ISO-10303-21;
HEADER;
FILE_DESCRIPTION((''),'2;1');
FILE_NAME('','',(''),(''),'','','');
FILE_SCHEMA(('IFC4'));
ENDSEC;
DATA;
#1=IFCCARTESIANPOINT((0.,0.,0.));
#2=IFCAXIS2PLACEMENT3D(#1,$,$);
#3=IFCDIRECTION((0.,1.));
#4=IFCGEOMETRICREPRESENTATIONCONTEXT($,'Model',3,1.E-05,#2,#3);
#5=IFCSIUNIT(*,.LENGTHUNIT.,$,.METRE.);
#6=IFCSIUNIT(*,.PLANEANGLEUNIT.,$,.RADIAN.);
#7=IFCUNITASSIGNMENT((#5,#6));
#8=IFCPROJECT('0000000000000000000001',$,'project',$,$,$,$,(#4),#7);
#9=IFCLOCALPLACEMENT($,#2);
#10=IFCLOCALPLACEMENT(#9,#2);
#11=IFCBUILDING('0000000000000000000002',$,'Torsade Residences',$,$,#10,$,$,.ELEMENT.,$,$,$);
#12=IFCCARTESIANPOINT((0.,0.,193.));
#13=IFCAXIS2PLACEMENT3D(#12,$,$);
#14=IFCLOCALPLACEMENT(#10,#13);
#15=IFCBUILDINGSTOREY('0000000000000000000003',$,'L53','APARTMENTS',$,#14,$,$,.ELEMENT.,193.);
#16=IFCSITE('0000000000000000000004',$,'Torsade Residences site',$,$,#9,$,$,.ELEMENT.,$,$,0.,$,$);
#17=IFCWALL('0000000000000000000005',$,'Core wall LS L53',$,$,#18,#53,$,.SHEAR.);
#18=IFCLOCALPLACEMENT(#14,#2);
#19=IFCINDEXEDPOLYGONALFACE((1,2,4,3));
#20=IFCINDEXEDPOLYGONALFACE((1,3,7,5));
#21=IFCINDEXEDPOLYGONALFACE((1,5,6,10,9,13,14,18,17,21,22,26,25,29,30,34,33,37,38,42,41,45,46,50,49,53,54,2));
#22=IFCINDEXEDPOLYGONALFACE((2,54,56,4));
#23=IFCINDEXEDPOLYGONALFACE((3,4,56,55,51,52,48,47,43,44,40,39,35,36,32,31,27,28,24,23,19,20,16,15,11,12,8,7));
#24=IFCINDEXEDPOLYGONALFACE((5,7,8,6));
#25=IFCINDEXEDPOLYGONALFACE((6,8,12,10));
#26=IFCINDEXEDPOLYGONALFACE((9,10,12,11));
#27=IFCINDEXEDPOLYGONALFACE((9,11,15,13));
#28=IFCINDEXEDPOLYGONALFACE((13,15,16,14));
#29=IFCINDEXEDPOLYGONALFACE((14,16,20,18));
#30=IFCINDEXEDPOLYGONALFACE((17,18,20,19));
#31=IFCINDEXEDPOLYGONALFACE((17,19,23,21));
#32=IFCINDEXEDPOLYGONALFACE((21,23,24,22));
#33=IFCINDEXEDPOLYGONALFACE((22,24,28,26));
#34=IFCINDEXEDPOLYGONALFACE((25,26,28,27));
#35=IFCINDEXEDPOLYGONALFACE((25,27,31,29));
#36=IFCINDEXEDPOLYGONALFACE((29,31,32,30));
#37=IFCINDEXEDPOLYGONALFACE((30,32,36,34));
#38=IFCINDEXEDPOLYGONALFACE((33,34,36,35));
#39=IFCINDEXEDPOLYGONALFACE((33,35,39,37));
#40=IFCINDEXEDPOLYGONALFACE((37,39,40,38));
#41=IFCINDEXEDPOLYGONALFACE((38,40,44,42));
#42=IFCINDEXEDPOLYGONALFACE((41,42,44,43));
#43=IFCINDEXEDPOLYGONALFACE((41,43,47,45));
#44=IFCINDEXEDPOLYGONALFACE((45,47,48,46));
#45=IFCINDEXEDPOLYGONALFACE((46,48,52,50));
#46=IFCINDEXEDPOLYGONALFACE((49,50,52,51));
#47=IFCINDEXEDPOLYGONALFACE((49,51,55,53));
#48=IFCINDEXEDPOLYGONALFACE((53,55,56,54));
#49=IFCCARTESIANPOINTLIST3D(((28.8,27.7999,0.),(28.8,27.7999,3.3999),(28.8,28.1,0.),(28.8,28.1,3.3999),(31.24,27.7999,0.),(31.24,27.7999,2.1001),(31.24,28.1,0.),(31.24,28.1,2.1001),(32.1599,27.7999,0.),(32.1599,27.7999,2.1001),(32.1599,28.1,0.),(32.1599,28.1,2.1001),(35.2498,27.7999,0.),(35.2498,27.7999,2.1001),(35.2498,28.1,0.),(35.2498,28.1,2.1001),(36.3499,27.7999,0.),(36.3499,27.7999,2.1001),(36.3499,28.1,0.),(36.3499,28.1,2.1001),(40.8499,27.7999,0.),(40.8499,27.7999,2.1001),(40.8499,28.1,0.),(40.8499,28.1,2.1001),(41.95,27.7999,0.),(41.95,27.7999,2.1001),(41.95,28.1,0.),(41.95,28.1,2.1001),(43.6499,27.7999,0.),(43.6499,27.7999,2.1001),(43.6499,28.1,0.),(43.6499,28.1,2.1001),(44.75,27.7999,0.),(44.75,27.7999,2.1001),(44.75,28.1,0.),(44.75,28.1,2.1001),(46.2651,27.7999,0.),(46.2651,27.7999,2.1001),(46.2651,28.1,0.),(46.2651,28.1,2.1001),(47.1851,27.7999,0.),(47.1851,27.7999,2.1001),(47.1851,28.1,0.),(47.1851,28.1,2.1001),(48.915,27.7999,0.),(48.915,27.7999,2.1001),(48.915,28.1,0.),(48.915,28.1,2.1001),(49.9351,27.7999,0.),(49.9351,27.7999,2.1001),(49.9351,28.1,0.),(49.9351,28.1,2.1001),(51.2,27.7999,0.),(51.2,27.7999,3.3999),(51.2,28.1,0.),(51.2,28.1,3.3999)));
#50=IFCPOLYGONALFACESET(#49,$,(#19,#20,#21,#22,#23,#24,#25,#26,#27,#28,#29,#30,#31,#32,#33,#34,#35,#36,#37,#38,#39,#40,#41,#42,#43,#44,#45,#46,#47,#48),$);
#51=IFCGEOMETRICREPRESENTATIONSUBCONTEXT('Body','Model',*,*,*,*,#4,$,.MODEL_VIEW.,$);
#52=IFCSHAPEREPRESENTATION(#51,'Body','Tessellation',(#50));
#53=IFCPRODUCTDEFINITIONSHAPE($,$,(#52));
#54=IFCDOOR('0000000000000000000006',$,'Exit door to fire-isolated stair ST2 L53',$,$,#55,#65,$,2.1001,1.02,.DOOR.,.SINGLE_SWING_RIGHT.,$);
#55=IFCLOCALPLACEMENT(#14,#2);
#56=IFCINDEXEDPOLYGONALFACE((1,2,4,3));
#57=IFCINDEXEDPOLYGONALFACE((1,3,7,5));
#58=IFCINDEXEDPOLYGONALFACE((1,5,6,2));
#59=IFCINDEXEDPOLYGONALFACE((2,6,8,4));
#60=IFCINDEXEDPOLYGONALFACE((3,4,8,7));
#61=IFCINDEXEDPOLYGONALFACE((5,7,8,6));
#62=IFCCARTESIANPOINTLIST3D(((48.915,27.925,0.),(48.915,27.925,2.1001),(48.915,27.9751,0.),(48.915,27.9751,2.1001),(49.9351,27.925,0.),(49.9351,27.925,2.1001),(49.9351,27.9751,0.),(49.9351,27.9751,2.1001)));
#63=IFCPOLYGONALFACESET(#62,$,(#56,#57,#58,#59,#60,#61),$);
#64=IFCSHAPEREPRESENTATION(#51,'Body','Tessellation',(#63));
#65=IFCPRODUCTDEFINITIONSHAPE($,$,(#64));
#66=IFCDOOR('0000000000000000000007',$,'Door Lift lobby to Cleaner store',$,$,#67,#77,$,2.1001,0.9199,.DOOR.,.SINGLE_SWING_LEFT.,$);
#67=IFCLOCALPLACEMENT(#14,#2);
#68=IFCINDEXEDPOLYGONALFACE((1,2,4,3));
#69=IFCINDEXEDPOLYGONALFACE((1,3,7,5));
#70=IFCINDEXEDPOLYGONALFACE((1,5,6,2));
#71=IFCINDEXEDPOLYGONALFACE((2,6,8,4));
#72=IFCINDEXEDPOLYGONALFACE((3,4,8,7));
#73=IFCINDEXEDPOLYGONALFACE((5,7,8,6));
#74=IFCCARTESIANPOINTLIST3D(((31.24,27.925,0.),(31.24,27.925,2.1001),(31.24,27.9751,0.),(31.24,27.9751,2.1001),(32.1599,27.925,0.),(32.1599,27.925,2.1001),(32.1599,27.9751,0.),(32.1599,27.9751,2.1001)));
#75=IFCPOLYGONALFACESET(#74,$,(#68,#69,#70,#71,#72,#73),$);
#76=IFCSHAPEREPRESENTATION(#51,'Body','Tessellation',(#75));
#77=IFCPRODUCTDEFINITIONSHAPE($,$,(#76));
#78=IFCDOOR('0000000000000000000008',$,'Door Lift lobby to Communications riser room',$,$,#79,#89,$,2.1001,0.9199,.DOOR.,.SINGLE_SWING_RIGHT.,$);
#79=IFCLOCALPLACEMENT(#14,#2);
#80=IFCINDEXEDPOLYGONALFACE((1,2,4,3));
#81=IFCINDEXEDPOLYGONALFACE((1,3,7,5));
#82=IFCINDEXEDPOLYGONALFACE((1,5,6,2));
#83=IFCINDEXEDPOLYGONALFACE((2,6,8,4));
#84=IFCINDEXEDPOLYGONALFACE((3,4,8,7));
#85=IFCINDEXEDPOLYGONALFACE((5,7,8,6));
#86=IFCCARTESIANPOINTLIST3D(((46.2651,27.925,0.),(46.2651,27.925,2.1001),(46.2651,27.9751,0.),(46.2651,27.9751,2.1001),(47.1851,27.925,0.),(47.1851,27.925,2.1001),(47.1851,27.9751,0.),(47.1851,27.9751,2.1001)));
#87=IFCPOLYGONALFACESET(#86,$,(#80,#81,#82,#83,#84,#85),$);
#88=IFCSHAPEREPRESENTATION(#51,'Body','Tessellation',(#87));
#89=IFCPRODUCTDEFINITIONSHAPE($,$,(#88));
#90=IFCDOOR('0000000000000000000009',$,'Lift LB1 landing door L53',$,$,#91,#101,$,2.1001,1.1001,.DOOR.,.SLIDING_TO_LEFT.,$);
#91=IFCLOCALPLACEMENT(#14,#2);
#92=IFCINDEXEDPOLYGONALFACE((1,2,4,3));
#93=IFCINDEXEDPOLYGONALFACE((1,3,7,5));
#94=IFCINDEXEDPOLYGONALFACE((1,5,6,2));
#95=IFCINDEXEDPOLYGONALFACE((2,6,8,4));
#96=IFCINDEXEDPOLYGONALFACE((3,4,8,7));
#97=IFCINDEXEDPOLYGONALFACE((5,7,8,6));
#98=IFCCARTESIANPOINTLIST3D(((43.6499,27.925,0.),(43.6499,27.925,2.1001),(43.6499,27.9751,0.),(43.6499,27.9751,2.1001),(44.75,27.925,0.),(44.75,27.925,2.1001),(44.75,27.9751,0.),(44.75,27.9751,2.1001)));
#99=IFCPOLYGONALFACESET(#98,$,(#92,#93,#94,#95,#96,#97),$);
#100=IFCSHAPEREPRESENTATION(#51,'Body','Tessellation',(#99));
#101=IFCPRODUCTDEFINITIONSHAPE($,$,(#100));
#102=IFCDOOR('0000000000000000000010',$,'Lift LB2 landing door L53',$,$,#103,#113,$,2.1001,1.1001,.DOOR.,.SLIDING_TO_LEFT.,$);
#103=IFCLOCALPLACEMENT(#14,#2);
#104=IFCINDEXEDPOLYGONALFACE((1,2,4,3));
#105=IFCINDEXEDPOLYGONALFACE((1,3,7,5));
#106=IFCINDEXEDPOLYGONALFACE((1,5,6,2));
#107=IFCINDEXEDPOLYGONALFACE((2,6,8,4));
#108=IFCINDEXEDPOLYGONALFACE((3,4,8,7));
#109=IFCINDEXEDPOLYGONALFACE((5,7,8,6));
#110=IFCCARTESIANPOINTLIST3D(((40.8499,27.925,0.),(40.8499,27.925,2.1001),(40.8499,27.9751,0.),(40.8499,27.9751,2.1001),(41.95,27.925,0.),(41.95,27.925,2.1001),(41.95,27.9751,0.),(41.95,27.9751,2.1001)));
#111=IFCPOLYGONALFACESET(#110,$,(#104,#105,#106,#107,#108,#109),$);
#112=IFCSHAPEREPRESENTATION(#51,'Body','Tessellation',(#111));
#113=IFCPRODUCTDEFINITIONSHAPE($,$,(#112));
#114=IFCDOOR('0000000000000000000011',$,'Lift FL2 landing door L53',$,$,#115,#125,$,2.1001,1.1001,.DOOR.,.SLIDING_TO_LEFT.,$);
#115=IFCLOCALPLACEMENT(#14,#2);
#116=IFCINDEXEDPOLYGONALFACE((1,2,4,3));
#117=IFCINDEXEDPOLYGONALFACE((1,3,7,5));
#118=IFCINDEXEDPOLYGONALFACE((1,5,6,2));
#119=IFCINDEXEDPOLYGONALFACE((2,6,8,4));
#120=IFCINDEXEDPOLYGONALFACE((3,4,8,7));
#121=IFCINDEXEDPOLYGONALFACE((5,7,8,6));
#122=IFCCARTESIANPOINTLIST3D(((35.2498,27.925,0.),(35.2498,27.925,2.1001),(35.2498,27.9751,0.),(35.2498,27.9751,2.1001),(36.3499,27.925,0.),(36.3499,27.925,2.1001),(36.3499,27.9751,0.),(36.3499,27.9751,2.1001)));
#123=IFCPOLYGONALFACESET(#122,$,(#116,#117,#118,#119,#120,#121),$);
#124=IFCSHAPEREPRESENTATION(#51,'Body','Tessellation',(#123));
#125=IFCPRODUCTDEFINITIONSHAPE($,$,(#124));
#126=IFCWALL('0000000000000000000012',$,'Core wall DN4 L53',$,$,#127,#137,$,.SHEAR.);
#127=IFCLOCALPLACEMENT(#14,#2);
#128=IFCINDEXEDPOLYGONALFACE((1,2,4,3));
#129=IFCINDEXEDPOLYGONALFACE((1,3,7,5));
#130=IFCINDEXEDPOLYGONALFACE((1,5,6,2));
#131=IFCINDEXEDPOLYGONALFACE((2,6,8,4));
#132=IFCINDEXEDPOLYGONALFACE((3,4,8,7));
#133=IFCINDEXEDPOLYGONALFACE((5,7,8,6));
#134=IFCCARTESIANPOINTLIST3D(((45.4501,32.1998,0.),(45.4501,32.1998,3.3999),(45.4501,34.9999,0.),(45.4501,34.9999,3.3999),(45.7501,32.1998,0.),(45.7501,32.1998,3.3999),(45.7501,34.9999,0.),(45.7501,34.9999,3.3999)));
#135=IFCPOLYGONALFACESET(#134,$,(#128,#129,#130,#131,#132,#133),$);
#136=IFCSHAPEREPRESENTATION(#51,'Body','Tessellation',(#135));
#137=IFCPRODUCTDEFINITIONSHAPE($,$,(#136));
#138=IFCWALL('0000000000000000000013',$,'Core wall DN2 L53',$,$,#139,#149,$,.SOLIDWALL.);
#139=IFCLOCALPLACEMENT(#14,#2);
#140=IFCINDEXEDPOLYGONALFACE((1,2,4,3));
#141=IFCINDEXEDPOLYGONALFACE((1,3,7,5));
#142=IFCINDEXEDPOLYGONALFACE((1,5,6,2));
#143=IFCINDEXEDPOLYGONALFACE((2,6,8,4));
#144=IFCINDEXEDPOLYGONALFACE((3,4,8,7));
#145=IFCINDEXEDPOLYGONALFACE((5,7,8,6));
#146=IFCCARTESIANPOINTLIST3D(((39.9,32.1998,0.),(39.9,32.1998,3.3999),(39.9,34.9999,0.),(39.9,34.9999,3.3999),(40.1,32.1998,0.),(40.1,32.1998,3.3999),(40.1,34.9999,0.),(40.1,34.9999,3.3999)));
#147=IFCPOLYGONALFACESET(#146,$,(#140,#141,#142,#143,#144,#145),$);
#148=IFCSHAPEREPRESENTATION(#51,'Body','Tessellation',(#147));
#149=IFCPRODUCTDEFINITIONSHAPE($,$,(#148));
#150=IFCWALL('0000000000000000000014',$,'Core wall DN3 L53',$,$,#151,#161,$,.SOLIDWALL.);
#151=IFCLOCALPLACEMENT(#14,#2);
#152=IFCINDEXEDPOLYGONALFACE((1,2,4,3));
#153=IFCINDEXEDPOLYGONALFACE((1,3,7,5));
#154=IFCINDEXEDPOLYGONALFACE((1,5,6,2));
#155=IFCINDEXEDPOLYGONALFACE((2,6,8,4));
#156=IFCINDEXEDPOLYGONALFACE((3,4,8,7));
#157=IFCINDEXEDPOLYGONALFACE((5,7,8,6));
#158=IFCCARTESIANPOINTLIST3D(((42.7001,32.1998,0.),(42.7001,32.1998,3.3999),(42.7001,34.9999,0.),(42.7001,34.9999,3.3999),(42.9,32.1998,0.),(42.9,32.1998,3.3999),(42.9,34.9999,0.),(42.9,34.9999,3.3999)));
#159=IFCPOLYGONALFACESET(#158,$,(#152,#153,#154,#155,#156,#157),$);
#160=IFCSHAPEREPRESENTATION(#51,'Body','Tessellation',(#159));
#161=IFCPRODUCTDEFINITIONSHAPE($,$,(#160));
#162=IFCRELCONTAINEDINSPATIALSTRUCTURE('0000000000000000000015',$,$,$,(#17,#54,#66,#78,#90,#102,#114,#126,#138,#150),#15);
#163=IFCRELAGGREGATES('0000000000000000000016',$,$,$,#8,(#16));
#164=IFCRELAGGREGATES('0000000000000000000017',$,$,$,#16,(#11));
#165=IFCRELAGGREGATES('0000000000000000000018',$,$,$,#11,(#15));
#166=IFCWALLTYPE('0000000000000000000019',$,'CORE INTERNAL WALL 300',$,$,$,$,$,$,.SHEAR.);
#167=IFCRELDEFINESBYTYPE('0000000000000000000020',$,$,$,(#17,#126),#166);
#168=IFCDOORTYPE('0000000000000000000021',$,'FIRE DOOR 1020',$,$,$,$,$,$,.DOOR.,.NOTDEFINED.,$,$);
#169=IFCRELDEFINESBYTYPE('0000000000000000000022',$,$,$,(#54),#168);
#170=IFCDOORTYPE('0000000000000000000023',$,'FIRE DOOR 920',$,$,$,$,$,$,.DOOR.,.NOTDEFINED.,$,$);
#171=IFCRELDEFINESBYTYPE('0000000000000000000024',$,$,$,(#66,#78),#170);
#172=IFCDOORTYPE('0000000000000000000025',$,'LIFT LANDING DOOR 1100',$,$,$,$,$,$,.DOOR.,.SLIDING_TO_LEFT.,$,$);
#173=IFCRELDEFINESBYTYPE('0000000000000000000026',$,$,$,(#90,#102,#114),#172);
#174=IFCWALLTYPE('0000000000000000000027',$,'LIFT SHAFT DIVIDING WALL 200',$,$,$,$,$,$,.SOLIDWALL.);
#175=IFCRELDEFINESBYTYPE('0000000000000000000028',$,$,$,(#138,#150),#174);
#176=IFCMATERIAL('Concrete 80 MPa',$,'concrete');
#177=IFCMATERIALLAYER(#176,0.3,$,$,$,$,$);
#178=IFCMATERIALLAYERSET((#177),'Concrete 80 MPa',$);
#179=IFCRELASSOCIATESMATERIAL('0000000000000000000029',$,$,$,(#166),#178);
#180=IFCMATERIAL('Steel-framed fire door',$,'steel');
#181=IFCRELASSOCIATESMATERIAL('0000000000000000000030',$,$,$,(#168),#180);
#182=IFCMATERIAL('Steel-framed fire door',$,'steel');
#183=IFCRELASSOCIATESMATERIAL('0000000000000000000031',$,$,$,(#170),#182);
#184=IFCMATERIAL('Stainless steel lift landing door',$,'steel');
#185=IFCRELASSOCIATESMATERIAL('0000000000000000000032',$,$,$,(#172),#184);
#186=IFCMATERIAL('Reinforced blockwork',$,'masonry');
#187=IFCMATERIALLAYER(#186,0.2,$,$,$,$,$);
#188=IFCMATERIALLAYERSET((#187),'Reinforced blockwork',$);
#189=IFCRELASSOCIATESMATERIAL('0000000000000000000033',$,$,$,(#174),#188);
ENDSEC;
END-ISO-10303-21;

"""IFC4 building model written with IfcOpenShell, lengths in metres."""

from ifc_helpers import new_model, si_unit, direction, frame, frame_2d, origin, place, context, subcontext, project, spatial, rectangle, extrude, material, layer, layer_set, type_object, element, fill, save


model = new_model("IFC4")

# Units and contexts
model_context = context("Model", 3, precision=1e-05, world=origin(), true_north=direction((0.0, 1.0)))
body_context = subcontext(model_context, "Body", "Model", "MODEL_VIEW")
ifc_project = project(units=[si_unit("LENGTHUNIT", "METRE"), si_unit("PLANEANGLEUNIT", "RADIAN")], contexts=[model_context])

# Site, building, storey
site_placement = place(None, origin())
site = spatial("IfcSite", under=ifc_project, at=site_placement, Name="Torsade Residences site", CompositionType="ELEMENT", RefElevation=0.0)
building_placement = place(site_placement, origin())
building = spatial("IfcBuilding", under=site, at=building_placement, Name="Torsade Residences", CompositionType="ELEMENT")
storey_placement = place(building_placement, frame((0.0, 0.0, 193.0)))
storey = spatial("IfcBuildingStorey", under=building, at=storey_placement, Name="L53", Description="APARTMENTS", CompositionType="ELEMENT", Elevation=193.0)

# Wall, openings, doors
ifc_material_1 = material(Name="Concrete 80 MPa", Category="concrete")
ifc_layer_1 = layer(ifc_material_1, 0.3)
ifc_layer_set_1 = layer_set([ifc_layer_1], Name="Concrete 80 MPa")
wall_type_1 = type_object("IfcWallType", Name="CORE INTERNAL WALL 300", PredefinedType="SHEAR", material=ifc_layer_set_1)
wall_1_placement = place(storey_placement, frame((51.2, 27.95, 0.0), z_axis=(0.0, 0.0, 1.0), x_axis=(-1.0, 0.0, 0.0)))
wall_1 = element("IfcWall", 1, at=wall_1_placement, inside=storey, type_object=wall_type_1, Name="Core wall LS L53", PredefinedType="SHEAR", context=body_context, shape_type="SweptSolid", body=[
    extrude(rectangle(XDim=22.3999, YDim=0.3, at=frame_2d((11.2, 0.0))), origin(), (0.0, 0.0, 1.0), 3.3999),
])
opening_1_placement = place(wall_1_placement, frame((19.04, 0.0, 0.0)))
opening_1 = element("IfcOpeningElement", 2, at=opening_1_placement, cuts=wall_1, PredefinedType="OPENING", context=body_context, shape_type="SweptSolid", body=[
    extrude(rectangle(XDim=0.9199, YDim=2.1001, at=frame_2d((0.46, 1.05))), frame((0.0, 0.1599, 0.0), z_axis=(0.0, -1.0, 0.0), x_axis=(1.0, 0.0, 0.0)), (0.0, 0.0, 1.0), 0.3201),
])
opening_2_placement = place(wall_1_placement, frame((1.2649, 0.0, 0.0)))
opening_2 = element("IfcOpeningElement", 3, at=opening_2_placement, cuts=wall_1, PredefinedType="OPENING", context=body_context, shape_type="SweptSolid", body=[
    extrude(rectangle(XDim=1.02, YDim=2.1001, at=frame_2d((0.51, 1.05))), frame((0.0, 0.1599, 0.0), z_axis=(0.0, -1.0, 0.0), x_axis=(1.0, 0.0, 0.0)), (0.0, 0.0, 1.0), 0.3201),
])
opening_3_placement = place(wall_1_placement, frame((4.0149, 0.0, 0.0)))
opening_3 = element("IfcOpeningElement", 4, at=opening_3_placement, cuts=wall_1, PredefinedType="OPENING", context=body_context, shape_type="SweptSolid", body=[
    extrude(rectangle(XDim=0.9199, YDim=2.1001, at=frame_2d((0.46, 1.05))), frame((0.0, 0.1599, 0.0), z_axis=(0.0, -1.0, 0.0), x_axis=(1.0, 0.0, 0.0)), (0.0, 0.0, 1.0), 0.3201),
])
opening_4_placement = place(wall_1_placement, frame((6.45, 0.0, 0.0)))
opening_4 = element("IfcOpeningElement", 5, at=opening_4_placement, cuts=wall_1, PredefinedType="OPENING", context=body_context, shape_type="SweptSolid", body=[
    extrude(rectangle(XDim=1.1001, YDim=2.1001, at=frame_2d((0.55, 1.05))), frame((0.0, 0.1599, 0.0), z_axis=(0.0, -1.0, 0.0), x_axis=(1.0, 0.0, 0.0)), (0.0, 0.0, 1.0), 0.3201),
])
opening_5_placement = place(wall_1_placement, frame((9.25, 0.0, 0.0)))
opening_5 = element("IfcOpeningElement", 6, at=opening_5_placement, cuts=wall_1, PredefinedType="OPENING", context=body_context, shape_type="SweptSolid", body=[
    extrude(rectangle(XDim=1.1001, YDim=2.1001, at=frame_2d((0.55, 1.05))), frame((0.0, 0.1599, 0.0), z_axis=(0.0, -1.0, 0.0), x_axis=(1.0, 0.0, 0.0)), (0.0, 0.0, 1.0), 0.3201),
])
opening_6_placement = place(wall_1_placement, frame((14.8501, 0.0, 0.0)))
opening_6 = element("IfcOpeningElement", 7, at=opening_6_placement, cuts=wall_1, PredefinedType="OPENING", context=body_context, shape_type="SweptSolid", body=[
    extrude(rectangle(XDim=1.1001, YDim=2.1001, at=frame_2d((0.55, 1.05))), frame((0.0, 0.1599, 0.0), z_axis=(0.0, -1.0, 0.0), x_axis=(1.0, 0.0, 0.0)), (0.0, 0.0, 1.0), 0.3201),
])
ifc_material_2 = material(Name="Steel-framed fire door", Category="steel")
door_type_1 = type_object("IfcDoorType", Name="FIRE DOOR 1020", OperationType="NOTDEFINED", PredefinedType="DOOR", material=ifc_material_2)
door_1_placement = place(opening_2_placement, origin())
door_1 = element("IfcDoor", 8, at=door_1_placement, inside=storey, type_object=door_type_1, Name="Exit door to fire-isolated stair ST2 L53", OperationType="SINGLE_SWING_RIGHT", OverallHeight=2.1001, OverallWidth=1.02, PredefinedType="DOOR", context=body_context, shape_type="SweptSolid", body=[
    extrude(rectangle(XDim=1.02, YDim=2.1001, at=frame_2d((0.51, 1.05))), frame((0.0, 0.0249, 0.0), z_axis=(0.0, -1.0, 0.0), x_axis=(1.0, 0.0, 0.0)), (0.0, 0.0, 1.0), 0.05),
])
fill(opening_2, door_1)
ifc_material_3 = material(Name="Steel-framed fire door", Category="steel")
door_type_2 = type_object("IfcDoorType", Name="FIRE DOOR 920", OperationType="NOTDEFINED", PredefinedType="DOOR", material=ifc_material_3)
door_2_placement = place(opening_1_placement, origin())
door_2 = element("IfcDoor", 9, at=door_2_placement, inside=storey, type_object=door_type_2, Name="Door Lift lobby to Cleaner store", OperationType="SINGLE_SWING_LEFT", OverallHeight=2.1001, OverallWidth=0.9199, PredefinedType="DOOR", context=body_context, shape_type="SweptSolid", body=[
    extrude(rectangle(XDim=0.9199, YDim=2.1001, at=frame_2d((0.46, 1.05))), frame((0.0, 0.0249, 0.0), z_axis=(0.0, -1.0, 0.0), x_axis=(1.0, 0.0, 0.0)), (0.0, 0.0, 1.0), 0.05),
])
fill(opening_1, door_2)
door_3_placement = place(opening_3_placement, origin())
door_3 = element("IfcDoor", 10, at=door_3_placement, inside=storey, type_object=door_type_2, Name="Door Lift lobby to Communications riser room", OperationType="SINGLE_SWING_RIGHT", OverallHeight=2.1001, OverallWidth=0.9199, PredefinedType="DOOR", context=body_context, shape_type="SweptSolid", body=[
    extrude(rectangle(XDim=0.9199, YDim=2.1001, at=frame_2d((0.46, 1.05))), frame((0.0, 0.0249, 0.0), z_axis=(0.0, -1.0, 0.0), x_axis=(1.0, 0.0, 0.0)), (0.0, 0.0, 1.0), 0.05),
])
fill(opening_3, door_3)
ifc_material_4 = material(Name="Stainless steel lift landing door", Category="steel")
door_type_3 = type_object("IfcDoorType", Name="LIFT LANDING DOOR 1100", OperationType="SLIDING_TO_LEFT", PredefinedType="DOOR", material=ifc_material_4)
door_4_placement = place(opening_4_placement, origin())
door_4 = element("IfcDoor", 11, at=door_4_placement, inside=storey, type_object=door_type_3, Name="Lift LB1 landing door L53", OperationType="SLIDING_TO_LEFT", OverallHeight=2.1001, OverallWidth=1.1001, PredefinedType="DOOR", context=body_context, shape_type="SweptSolid", body=[
    extrude(rectangle(XDim=1.1001, YDim=2.1001, at=frame_2d((0.55, 1.05))), frame((0.0, 0.0249, 0.0), z_axis=(0.0, -1.0, 0.0), x_axis=(1.0, 0.0, 0.0)), (0.0, 0.0, 1.0), 0.05),
])
fill(opening_4, door_4)
door_5_placement = place(opening_5_placement, origin())
door_5 = element("IfcDoor", 12, at=door_5_placement, inside=storey, type_object=door_type_3, Name="Lift LB2 landing door L53", OperationType="SLIDING_TO_LEFT", OverallHeight=2.1001, OverallWidth=1.1001, PredefinedType="DOOR", context=body_context, shape_type="SweptSolid", body=[
    extrude(rectangle(XDim=1.1001, YDim=2.1001, at=frame_2d((0.55, 1.05))), frame((0.0, 0.0249, 0.0), z_axis=(0.0, -1.0, 0.0), x_axis=(1.0, 0.0, 0.0)), (0.0, 0.0, 1.0), 0.05),
])
fill(opening_5, door_5)
door_6_placement = place(opening_6_placement, origin())
door_6 = element("IfcDoor", 13, at=door_6_placement, inside=storey, type_object=door_type_3, Name="Lift FL2 landing door L53", OperationType="SLIDING_TO_LEFT", OverallHeight=2.1001, OverallWidth=1.1001, PredefinedType="DOOR", context=body_context, shape_type="SweptSolid", body=[
    extrude(rectangle(XDim=1.1001, YDim=2.1001, at=frame_2d((0.55, 1.05))), frame((0.0, 0.0249, 0.0), z_axis=(0.0, -1.0, 0.0), x_axis=(1.0, 0.0, 0.0)), (0.0, 0.0, 1.0), 0.05),
])
fill(opening_6, door_6)

# Walls
wall_2_placement = place(storey_placement, frame((45.6001, 32.2, 0.0), z_axis=(0.0, 0.0, 1.0), x_axis=(0.0, 1.0, 0.0)))
element("IfcWall", 14, at=wall_2_placement, inside=storey, type_object=wall_type_1, Name="Core wall DN4 L53", PredefinedType="SHEAR", context=body_context, shape_type="SweptSolid", body=[
    extrude(rectangle(XDim=2.8, YDim=0.3, at=frame_2d((1.3999, 0.0))), origin(), (0.0, 0.0, 1.0), 3.3999),
])
ifc_material_5 = material(Name="Reinforced blockwork", Category="masonry")
ifc_layer_2 = layer(ifc_material_5, 0.2)
ifc_layer_set_2 = layer_set([ifc_layer_2], Name="Reinforced blockwork")
wall_type_2 = type_object("IfcWallType", Name="LIFT SHAFT DIVIDING WALL 200", PredefinedType="SOLIDWALL", material=ifc_layer_set_2)
for number, where, z_axis, x_axis, name in (
    (15, (40.0, 32.2, 0.0), (0.0, 0.0, 1.0), (0.0, 1.0, 0.0), "Core wall DN2 L53"),
    (16, (42.8, 32.2, 0.0), (0.0, 0.0, 1.0), (0.0, 1.0, 0.0), "Core wall DN3 L53"),
):
    element("IfcWall", number, at=place(storey_placement, frame(where, z_axis=z_axis, x_axis=x_axis)), inside=storey, type_object=wall_type_2, Name=name, PredefinedType="SOLIDWALL", context=body_context, shape_type="SweptSolid", body=[
        extrude(rectangle(XDim=2.8, YDim=0.2, at=frame_2d((1.3999, 0.0))), origin(), (0.0, 0.0, 1.0), 3.3999),
    ])

save(model, "model.ifc")
